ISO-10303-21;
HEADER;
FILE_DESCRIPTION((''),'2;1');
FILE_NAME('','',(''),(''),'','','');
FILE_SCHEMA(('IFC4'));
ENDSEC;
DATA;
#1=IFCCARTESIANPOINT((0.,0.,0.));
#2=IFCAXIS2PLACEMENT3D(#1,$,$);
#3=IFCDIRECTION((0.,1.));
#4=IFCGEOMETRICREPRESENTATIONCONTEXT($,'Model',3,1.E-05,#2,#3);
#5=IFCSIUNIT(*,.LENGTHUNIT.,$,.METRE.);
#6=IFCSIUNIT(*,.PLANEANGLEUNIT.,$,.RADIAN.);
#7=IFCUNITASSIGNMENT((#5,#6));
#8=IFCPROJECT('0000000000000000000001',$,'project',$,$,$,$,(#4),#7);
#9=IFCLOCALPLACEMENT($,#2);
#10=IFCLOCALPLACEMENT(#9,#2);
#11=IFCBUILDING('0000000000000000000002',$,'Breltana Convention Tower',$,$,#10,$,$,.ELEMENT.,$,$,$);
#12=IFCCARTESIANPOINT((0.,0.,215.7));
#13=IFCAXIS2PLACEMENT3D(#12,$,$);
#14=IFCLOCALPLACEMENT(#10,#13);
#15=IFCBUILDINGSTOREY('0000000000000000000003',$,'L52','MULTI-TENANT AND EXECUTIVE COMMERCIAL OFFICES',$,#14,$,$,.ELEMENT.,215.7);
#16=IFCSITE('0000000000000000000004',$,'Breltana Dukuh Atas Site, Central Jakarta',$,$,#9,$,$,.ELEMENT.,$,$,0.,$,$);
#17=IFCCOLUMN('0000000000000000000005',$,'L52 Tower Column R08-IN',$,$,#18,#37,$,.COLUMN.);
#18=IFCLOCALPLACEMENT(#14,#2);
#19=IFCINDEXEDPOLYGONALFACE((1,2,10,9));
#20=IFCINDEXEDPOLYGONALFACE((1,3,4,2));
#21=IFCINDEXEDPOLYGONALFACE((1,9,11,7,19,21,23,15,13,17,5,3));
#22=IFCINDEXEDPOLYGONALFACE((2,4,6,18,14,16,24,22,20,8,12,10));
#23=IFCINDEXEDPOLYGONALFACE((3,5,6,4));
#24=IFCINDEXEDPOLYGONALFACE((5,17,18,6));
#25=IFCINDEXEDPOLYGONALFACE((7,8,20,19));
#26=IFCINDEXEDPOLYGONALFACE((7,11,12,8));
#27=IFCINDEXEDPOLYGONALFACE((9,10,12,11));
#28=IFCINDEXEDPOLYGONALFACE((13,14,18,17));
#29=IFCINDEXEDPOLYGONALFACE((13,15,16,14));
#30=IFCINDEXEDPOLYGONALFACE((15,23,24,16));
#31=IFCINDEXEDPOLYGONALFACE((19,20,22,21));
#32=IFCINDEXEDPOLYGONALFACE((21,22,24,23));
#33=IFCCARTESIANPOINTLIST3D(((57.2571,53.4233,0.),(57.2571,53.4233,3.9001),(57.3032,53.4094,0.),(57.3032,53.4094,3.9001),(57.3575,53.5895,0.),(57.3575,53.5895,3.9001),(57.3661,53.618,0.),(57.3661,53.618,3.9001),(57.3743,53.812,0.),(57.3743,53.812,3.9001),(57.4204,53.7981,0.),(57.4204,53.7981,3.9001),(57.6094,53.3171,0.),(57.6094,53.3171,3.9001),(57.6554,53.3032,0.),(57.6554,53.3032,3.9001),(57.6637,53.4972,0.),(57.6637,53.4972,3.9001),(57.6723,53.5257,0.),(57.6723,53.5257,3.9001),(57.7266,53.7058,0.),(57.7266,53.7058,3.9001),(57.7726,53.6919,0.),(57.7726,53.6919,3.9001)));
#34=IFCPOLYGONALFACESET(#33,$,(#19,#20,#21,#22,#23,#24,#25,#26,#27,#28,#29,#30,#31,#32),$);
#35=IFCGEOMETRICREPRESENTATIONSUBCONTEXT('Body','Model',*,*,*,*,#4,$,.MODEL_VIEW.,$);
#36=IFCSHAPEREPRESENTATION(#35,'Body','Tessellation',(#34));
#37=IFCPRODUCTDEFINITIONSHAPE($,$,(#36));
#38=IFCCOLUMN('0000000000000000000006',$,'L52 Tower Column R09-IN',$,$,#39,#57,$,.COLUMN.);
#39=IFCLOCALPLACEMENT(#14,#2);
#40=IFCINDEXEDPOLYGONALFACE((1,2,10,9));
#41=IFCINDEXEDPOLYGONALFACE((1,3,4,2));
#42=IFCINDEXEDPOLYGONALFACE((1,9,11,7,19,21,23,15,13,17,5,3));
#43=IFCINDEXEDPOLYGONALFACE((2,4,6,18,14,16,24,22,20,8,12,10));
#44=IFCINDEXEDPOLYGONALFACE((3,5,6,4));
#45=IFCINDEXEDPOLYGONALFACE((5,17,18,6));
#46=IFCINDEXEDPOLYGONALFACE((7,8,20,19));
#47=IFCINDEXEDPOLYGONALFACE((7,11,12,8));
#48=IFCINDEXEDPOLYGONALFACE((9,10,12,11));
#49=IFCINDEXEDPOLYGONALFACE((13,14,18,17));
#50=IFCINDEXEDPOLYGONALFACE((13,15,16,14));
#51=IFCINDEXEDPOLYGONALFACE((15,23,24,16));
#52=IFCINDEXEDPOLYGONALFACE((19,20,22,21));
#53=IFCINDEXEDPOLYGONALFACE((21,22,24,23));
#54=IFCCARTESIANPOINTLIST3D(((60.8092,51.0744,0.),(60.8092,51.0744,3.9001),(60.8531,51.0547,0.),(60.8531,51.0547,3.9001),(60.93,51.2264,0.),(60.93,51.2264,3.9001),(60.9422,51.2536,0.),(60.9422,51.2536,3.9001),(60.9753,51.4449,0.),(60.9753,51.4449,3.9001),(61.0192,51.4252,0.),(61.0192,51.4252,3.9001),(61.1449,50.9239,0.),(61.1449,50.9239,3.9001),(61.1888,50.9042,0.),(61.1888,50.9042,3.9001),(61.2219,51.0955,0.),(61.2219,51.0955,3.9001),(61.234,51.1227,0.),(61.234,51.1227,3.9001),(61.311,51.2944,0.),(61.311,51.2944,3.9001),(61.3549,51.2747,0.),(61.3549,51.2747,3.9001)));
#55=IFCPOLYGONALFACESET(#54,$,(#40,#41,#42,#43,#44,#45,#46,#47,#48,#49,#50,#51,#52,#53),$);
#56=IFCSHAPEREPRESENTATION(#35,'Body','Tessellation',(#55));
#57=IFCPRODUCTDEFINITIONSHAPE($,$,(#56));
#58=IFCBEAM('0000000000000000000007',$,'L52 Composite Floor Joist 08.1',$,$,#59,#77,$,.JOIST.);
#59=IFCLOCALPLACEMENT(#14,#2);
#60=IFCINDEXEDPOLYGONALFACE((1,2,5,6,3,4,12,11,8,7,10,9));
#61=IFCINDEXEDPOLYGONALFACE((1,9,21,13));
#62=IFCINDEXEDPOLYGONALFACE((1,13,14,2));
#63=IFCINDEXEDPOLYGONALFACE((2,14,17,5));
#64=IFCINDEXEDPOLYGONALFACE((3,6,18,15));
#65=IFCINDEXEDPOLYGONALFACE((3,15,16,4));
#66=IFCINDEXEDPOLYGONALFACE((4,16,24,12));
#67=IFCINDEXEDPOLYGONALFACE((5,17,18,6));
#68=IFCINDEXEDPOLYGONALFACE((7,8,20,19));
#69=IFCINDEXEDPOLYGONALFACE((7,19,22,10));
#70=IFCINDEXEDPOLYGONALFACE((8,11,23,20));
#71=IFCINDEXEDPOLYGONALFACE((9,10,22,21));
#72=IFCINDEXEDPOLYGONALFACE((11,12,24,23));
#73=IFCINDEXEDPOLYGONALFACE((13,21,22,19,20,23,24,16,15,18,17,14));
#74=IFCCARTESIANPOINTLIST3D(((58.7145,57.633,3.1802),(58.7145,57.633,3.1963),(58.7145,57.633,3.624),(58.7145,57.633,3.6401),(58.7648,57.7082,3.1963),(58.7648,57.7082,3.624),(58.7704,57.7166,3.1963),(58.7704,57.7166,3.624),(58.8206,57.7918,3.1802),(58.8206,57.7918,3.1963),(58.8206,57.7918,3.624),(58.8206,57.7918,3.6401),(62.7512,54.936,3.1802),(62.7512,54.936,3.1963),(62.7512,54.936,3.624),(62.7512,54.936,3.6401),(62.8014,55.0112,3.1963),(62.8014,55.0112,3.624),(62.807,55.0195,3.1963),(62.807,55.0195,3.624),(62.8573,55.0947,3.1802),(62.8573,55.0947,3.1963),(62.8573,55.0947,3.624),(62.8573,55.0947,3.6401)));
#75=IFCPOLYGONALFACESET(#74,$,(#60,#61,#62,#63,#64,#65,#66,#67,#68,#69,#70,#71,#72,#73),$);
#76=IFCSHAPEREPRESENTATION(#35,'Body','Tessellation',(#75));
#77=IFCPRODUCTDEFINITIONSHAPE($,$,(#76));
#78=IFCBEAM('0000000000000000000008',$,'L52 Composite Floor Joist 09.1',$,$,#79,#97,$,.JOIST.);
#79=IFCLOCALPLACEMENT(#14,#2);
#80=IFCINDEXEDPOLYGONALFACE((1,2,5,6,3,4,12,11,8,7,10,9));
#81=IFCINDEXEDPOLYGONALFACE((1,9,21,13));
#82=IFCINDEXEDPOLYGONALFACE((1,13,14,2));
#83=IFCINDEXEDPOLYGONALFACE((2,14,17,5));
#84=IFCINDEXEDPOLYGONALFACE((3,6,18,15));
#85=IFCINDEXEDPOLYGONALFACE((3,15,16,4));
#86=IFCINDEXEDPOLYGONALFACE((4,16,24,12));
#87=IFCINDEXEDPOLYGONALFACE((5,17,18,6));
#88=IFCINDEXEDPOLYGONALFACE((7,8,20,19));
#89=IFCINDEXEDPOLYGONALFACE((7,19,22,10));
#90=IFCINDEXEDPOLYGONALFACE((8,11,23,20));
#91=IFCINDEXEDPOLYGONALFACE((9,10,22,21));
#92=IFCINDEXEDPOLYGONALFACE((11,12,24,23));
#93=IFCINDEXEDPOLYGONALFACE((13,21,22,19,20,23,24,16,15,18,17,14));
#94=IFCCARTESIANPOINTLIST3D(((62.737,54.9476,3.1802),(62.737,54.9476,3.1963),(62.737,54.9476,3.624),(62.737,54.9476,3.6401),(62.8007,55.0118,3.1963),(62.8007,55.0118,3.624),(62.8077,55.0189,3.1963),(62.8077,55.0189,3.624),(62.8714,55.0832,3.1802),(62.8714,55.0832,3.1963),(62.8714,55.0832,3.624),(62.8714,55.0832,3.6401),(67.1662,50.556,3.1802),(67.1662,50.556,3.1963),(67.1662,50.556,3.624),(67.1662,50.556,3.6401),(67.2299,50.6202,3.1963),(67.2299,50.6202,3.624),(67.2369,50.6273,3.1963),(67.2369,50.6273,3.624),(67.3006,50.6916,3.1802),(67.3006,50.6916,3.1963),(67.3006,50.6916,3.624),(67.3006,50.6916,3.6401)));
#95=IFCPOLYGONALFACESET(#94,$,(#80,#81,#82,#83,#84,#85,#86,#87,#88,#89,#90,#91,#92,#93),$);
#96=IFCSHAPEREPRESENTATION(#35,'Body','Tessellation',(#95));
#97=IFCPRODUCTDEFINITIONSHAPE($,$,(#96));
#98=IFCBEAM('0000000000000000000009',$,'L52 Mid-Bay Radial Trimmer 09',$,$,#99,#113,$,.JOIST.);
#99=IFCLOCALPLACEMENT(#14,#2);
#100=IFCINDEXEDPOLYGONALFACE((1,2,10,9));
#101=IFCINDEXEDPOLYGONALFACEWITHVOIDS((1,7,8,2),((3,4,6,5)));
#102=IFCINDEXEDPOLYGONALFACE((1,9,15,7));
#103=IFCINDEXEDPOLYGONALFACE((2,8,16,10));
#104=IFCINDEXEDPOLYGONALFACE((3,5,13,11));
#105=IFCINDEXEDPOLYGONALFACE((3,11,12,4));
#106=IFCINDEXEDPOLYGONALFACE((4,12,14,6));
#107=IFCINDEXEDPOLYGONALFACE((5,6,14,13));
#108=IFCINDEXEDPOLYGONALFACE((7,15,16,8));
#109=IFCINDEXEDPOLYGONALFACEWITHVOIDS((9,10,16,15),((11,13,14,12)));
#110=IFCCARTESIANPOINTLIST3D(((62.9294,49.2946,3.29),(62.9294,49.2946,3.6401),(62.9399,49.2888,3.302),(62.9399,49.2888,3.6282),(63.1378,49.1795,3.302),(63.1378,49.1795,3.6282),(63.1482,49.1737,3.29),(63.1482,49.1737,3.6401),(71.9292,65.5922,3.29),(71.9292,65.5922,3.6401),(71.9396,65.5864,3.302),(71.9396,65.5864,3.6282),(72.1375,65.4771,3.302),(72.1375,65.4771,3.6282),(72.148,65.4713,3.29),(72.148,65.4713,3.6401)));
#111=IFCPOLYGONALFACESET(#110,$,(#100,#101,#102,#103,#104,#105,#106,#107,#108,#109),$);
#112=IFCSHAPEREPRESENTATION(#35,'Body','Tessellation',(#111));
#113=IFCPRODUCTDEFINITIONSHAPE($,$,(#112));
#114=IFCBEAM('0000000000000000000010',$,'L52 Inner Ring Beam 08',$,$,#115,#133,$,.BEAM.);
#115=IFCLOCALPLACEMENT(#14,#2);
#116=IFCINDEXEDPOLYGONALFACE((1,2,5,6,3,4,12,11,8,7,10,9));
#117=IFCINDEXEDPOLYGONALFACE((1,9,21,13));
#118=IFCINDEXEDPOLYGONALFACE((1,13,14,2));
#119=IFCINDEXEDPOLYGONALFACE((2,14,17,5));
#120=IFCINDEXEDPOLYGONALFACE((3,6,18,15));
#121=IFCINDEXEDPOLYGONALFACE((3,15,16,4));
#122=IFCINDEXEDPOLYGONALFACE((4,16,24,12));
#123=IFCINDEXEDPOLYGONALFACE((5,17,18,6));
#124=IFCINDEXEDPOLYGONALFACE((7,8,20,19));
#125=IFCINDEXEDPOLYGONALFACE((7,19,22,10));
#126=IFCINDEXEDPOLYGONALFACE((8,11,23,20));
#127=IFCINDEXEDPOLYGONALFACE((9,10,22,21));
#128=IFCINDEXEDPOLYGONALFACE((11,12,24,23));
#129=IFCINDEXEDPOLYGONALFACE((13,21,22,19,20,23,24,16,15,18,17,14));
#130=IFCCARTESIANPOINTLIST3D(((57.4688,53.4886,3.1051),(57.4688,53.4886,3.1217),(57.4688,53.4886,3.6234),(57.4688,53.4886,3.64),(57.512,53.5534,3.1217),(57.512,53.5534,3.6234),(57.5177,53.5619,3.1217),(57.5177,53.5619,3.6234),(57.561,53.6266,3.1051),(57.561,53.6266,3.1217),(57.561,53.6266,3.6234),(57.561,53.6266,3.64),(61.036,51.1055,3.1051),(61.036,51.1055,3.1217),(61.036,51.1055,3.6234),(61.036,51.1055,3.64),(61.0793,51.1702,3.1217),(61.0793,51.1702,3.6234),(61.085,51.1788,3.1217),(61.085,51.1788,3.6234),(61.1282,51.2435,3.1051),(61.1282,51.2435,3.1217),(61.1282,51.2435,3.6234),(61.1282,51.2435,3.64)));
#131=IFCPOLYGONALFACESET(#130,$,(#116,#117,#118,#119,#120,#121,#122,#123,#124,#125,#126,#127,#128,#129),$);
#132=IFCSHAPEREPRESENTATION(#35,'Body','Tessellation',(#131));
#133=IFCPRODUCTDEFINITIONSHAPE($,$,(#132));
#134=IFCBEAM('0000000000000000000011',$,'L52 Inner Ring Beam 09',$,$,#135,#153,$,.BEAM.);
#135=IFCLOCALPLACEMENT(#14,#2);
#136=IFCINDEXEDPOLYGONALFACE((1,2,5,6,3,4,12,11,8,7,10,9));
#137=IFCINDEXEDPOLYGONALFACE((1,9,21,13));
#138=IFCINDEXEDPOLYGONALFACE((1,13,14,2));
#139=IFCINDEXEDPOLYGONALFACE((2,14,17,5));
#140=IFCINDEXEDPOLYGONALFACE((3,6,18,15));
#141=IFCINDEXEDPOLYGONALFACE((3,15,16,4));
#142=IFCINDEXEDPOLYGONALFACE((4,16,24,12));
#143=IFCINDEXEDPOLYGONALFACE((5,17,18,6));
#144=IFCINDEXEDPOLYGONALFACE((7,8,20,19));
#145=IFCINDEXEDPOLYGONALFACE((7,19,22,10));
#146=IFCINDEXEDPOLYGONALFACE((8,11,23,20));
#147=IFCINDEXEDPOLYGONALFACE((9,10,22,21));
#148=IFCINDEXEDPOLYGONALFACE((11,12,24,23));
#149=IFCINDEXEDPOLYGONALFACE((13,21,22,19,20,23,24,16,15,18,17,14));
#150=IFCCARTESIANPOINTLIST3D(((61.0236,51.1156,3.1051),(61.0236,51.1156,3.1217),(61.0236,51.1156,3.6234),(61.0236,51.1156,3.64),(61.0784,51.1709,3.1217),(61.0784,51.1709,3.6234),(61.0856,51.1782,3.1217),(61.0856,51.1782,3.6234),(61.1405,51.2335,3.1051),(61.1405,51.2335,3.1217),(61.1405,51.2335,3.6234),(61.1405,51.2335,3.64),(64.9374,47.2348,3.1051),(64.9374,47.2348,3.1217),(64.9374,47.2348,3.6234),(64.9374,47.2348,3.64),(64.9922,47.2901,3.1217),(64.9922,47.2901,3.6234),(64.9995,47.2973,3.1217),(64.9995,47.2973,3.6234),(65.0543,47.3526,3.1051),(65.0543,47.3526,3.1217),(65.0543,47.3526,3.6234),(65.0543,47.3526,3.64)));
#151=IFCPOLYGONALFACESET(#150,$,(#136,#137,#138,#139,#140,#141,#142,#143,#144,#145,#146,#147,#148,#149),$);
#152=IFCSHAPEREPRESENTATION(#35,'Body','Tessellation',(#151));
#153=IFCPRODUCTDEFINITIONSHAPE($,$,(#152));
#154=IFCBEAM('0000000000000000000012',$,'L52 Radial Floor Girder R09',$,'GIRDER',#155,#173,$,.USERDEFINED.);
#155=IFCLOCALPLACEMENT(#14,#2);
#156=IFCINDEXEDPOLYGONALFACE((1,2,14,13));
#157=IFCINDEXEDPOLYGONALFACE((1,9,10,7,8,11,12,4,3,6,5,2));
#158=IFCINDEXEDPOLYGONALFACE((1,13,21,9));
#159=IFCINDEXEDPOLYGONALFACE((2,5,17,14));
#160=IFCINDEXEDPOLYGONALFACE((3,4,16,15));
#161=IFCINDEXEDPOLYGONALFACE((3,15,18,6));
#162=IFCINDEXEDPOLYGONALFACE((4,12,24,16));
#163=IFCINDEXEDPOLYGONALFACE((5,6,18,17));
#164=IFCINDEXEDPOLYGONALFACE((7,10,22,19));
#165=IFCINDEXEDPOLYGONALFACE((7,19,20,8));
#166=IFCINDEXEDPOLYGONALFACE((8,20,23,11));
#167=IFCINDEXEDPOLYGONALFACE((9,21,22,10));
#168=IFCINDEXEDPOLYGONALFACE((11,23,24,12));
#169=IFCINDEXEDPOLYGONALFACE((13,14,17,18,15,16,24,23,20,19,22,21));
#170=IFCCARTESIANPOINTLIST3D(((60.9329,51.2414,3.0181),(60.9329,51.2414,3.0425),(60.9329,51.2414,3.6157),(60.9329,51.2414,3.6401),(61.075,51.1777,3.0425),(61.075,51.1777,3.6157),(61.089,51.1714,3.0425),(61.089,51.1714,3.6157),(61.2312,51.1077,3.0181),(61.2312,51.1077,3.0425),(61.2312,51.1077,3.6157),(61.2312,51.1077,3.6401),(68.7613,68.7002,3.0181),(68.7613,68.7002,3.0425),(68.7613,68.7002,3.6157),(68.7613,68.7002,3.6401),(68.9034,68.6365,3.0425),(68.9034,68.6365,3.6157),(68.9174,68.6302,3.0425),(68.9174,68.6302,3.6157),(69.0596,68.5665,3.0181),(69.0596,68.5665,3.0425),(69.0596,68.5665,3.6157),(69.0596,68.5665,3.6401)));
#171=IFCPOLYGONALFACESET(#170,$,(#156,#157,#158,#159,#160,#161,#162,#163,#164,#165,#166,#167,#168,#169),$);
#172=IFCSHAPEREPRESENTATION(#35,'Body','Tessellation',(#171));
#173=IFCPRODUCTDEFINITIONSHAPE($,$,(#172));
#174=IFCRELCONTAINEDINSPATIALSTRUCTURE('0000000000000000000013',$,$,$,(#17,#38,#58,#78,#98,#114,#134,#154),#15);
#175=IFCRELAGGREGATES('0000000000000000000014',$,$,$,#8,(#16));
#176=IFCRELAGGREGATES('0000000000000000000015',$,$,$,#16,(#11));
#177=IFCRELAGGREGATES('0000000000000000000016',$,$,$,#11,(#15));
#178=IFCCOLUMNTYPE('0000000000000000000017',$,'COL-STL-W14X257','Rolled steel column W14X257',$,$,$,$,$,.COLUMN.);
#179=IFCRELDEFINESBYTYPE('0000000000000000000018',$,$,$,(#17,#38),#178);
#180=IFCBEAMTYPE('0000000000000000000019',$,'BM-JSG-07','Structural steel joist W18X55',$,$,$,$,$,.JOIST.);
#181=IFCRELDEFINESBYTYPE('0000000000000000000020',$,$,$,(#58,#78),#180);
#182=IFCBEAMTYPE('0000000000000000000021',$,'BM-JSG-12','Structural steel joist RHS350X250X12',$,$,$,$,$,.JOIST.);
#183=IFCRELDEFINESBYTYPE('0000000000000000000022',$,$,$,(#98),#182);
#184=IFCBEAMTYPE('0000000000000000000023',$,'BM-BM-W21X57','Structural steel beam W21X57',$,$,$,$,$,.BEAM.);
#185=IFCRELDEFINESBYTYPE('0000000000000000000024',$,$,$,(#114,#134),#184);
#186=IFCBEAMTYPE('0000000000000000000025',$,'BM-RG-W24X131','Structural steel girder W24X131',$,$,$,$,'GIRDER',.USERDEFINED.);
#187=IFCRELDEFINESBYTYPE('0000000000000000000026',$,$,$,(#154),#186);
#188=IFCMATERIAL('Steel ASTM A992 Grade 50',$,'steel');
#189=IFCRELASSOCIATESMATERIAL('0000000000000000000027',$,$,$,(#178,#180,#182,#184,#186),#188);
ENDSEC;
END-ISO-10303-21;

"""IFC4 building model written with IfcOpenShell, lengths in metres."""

from ifc_helpers import new_model, si_unit, direction, frame, origin, origin_2d, place, context, subcontext, project, spatial, hollow_rectangle, i_section, extrude, source, transform, mapped, material, material_profile, profile_set, type_object, element, save


model = new_model("IFC4")

# Units and contexts
model_context = context("Model", 3, precision=1e-05, world=origin(), true_north=direction((0.0, 1.0)))
body_context = subcontext(model_context, "Body", "Model", "MODEL_VIEW")
ifc_project = project(units=[si_unit("LENGTHUNIT", "METRE"), si_unit("PLANEANGLEUNIT", "RADIAN")], contexts=[model_context])

# Site, building, storey
site_placement = place(None, origin())
site = spatial("IfcSite", under=ifc_project, at=site_placement, Name="Breltana Dukuh Atas Site, Central Jakarta", CompositionType="ELEMENT", RefElevation=0.0)
building_placement = place(site_placement, origin())
building = spatial("IfcBuilding", under=site, at=building_placement, Name="Breltana Convention Tower", CompositionType="ELEMENT")
storey_placement = place(building_placement, frame((0.0, 0.0, 215.7)))
storey = spatial("IfcBuildingStorey", under=building, at=storey_placement, Name="L52", Description="MULTI-TENANT AND EXECUTIVE COMMERCIAL OFFICES", CompositionType="ELEMENT", Elevation=215.7)

# Columns
ifc_material_1 = material(Name="Steel ASTM A992 Grade 50", Category="steel")
ifc_material_profile_1 = material_profile(ifc_material_1, i_section(OverallWidth=0.406, OverallDepth=0.416, WebThickness=0.0298, FlangeThickness=0.0481, at=origin_2d()), Name="W14X257")
ifc_profile_set_1 = profile_set([ifc_material_profile_1], Name="Steel ASTM A992 Grade 50")
column_type = type_object("IfcColumnType", Name="COL-STL-W14X257", Description="Rolled steel column W14X257", PredefinedType="COLUMN", material=ifc_profile_set_1)
shared_shape_1 = source(origin(), body_context, "Body", "SweptSolid", [
    extrude(i_section(OverallWidth=0.406, OverallDepth=0.416, WebThickness=0.0298, FlangeThickness=0.0481, at=origin_2d()), origin(), (0.0, 0.0, 1.0), 3.9001),
])
for number, where, z_axis, x_axis, name in (
    (1, (57.5149, 53.5576, 0.0), (0.0, 0.0, 1.0), (0.288698, 0.95742, 0.0), "L52 Tower Column R08-IN"),
    (2, (61.082, 51.1746, 0.0), (0.0, 0.0, 1.0), (0.409127, 0.912477, 0.0), "L52 Tower Column R09-IN"),
):
    element("IfcColumn", number, at=place(storey_placement, frame(where, z_axis=z_axis, x_axis=x_axis)), inside=storey, type_object=column_type, Name=name, PredefinedType="COLUMN", context=body_context, shape_type="MappedRepresentation", body=[
        mapped(shared_shape_1, transform((0.0, 0.0, 0.0), scale=1.0)),
    ])

# Beams
ifc_material_profile_2 = material_profile(ifc_material_1, i_section(OverallWidth=0.1909, OverallDepth=0.46, WebThickness=0.01, FlangeThickness=0.0161, at=origin_2d()), Name="W18X55")
ifc_profile_set_2 = profile_set([ifc_material_profile_2], Name="Steel ASTM A992 Grade 50")
beam_type_1 = type_object("IfcBeamType", Name="BM-JSG-07", Description="Structural steel joist W18X55", PredefinedType="JOIST", material=ifc_profile_set_2)
shared_shape_2 = source(origin(), body_context, "Body", "SweptSolid", [
    extrude(i_section(OverallWidth=0.1909, OverallDepth=0.46, WebThickness=0.01, FlangeThickness=0.0161, at=origin_2d()), origin(), (0.0, 0.0, 1.0), 4.8547),
])
beam_1_placement = place(storey_placement, frame((58.7676, 57.7124, 3.4102), z_axis=(0.831485, -0.555547, 0.0), x_axis=(0.555547, 0.831485, 0.0)))
element("IfcBeam", 3, at=beam_1_placement, inside=storey, type_object=beam_type_1, Name="L52 Composite Floor Joist 08.1", PredefinedType="JOIST", context=body_context, shape_type="MappedRepresentation", body=[
    mapped(shared_shape_2, transform((0.0, 0.0, 0.0), scale=1.0)),
])
shared_shape_3 = source(origin(), body_context, "Body", "SweptSolid", [
    extrude(i_section(OverallWidth=0.1909, OverallDepth=0.46, WebThickness=0.01, FlangeThickness=0.0161, at=origin_2d()), origin(), (0.0, 0.0, 1.0), 6.2373),
])
beam_2_placement = place(storey_placement, frame((62.8042, 55.0154, 3.4102), z_axis=(0.710114, -0.704086, 0.0), x_axis=(0.704086, 0.710114, 0.0)))
element("IfcBeam", 4, at=beam_2_placement, inside=storey, type_object=beam_type_1, Name="L52 Composite Floor Joist 09.1", PredefinedType="JOIST", context=body_context, shape_type="MappedRepresentation", body=[
    mapped(shared_shape_3, transform((0.0, 0.0, 0.0), scale=1.0)),
])
ifc_material_profile_3 = material_profile(ifc_material_1, hollow_rectangle(XDim=0.25, YDim=0.3501, WallThickness=0.012, at=origin_2d()), Name="RHS350X250X12")
ifc_profile_set_3 = profile_set([ifc_material_profile_3], Name="Steel ASTM A992 Grade 50")
beam_type_2 = type_object("IfcBeamType", Name="BM-JSG-12", Description="Structural steel joist RHS350X250X12", PredefinedType="JOIST", material=ifc_profile_set_3)
shared_shape_4 = source(origin(), body_context, "Body", "SweptSolid", [
    extrude(hollow_rectangle(XDim=0.25, YDim=0.3501, WallThickness=0.012, at=origin_2d()), origin(), (0.0, 0.0, 1.0), 18.6174),
])
beam_3_placement = place(storey_placement, frame((63.0388, 49.2341, 3.4651), z_axis=(0.483406, 0.875396, 0.0), x_axis=(-0.875396, 0.483406, 0.0)))
element("IfcBeam", 5, at=beam_3_placement, inside=storey, type_object=beam_type_2, Name="L52 Mid-Bay Radial Trimmer 09", PredefinedType="JOIST", context=body_context, shape_type="MappedRepresentation", body=[
    mapped(shared_shape_4, transform((0.0, 0.0, 0.0), scale=1.0)),
])
ifc_material_profile_4 = material_profile(ifc_material_1, i_section(OverallWidth=0.166, OverallDepth=0.5349, WebThickness=0.0103, FlangeThickness=0.0166, at=origin_2d()), Name="W21X57")
ifc_profile_set_4 = profile_set([ifc_material_profile_4], Name="Steel ASTM A992 Grade 50")
beam_type_3 = type_object("IfcBeamType", Name="BM-BM-W21X57", Description="Structural steel beam W21X57", PredefinedType="BEAM", material=ifc_profile_set_4)
shared_shape_5 = source(origin(), body_context, "Body", "SweptSolid", [
    extrude(i_section(OverallWidth=0.166, OverallDepth=0.5349, WebThickness=0.0103, FlangeThickness=0.0166, at=origin_2d()), origin(), (0.0, 0.0, 1.0), 4.29),
])
beam_4_placement = place(storey_placement, frame((57.5149, 53.5576, 3.3726), z_axis=(0.831516, -0.555501, 0.0), x_axis=(0.555501, 0.831516, 0.0)))
element("IfcBeam", 6, at=beam_4_placement, inside=storey, type_object=beam_type_3, Name="L52 Inner Ring Beam 08", PredefinedType="BEAM", context=body_context, shape_type="MappedRepresentation", body=[
    mapped(shared_shape_5, transform((0.0, 0.0, 0.0), scale=1.0)),
])
shared_shape_6 = source(origin(), body_context, "Body", "SweptSolid", [
    extrude(i_section(OverallWidth=0.166, OverallDepth=0.5349, WebThickness=0.0103, FlangeThickness=0.0166, at=origin_2d()), origin(), (0.0, 0.0, 1.0), 5.5117),
])
beam_5_placement = place(storey_placement, frame((61.082, 51.1746, 3.3726), z_axis=(0.71009, -0.704111, 0.0), x_axis=(0.704111, 0.71009, 0.0)))
element("IfcBeam", 7, at=beam_5_placement, inside=storey, type_object=beam_type_3, Name="L52 Inner Ring Beam 09", PredefinedType="BEAM", context=body_context, shape_type="MappedRepresentation", body=[
    mapped(shared_shape_6, transform((0.0, 0.0, 0.0), scale=1.0)),
])
ifc_material_profile_5 = material_profile(ifc_material_1, i_section(OverallWidth=0.3269, OverallDepth=0.6221, WebThickness=0.0154, FlangeThickness=0.0244, at=origin_2d()), Name="W24X131")
ifc_profile_set_5 = profile_set([ifc_material_profile_5], Name="Steel ASTM A992 Grade 50")
beam_type_4 = type_object("IfcBeamType", Name="BM-RG-W24X131", Description="Structural steel girder W24X131", ElementType="GIRDER", PredefinedType="USERDEFINED", material=ifc_profile_set_5)
shared_shape_7 = source(origin(), body_context, "Body", "SweptSolid", [
    extrude(i_section(OverallWidth=0.3269, OverallDepth=0.6221, WebThickness=0.0154, FlangeThickness=0.0244, at=origin_2d()), origin(), (0.0, 0.0, 1.0), 19.1335),
])
beam_6_placement = place(storey_placement, frame((61.082, 51.1746, 3.3291), z_axis=(0.409145, 0.91247, 0.0), x_axis=(-0.91247, 0.409145, 0.0)))
element("IfcBeam", 8, at=beam_6_placement, inside=storey, type_object=beam_type_4, Name="L52 Radial Floor Girder R09", ObjectType="GIRDER", PredefinedType="USERDEFINED", context=body_context, shape_type="MappedRepresentation", body=[
    mapped(shared_shape_7, transform((0.0, 0.0, 0.0), scale=1.0)),
])

save(model, "model.ifc")
